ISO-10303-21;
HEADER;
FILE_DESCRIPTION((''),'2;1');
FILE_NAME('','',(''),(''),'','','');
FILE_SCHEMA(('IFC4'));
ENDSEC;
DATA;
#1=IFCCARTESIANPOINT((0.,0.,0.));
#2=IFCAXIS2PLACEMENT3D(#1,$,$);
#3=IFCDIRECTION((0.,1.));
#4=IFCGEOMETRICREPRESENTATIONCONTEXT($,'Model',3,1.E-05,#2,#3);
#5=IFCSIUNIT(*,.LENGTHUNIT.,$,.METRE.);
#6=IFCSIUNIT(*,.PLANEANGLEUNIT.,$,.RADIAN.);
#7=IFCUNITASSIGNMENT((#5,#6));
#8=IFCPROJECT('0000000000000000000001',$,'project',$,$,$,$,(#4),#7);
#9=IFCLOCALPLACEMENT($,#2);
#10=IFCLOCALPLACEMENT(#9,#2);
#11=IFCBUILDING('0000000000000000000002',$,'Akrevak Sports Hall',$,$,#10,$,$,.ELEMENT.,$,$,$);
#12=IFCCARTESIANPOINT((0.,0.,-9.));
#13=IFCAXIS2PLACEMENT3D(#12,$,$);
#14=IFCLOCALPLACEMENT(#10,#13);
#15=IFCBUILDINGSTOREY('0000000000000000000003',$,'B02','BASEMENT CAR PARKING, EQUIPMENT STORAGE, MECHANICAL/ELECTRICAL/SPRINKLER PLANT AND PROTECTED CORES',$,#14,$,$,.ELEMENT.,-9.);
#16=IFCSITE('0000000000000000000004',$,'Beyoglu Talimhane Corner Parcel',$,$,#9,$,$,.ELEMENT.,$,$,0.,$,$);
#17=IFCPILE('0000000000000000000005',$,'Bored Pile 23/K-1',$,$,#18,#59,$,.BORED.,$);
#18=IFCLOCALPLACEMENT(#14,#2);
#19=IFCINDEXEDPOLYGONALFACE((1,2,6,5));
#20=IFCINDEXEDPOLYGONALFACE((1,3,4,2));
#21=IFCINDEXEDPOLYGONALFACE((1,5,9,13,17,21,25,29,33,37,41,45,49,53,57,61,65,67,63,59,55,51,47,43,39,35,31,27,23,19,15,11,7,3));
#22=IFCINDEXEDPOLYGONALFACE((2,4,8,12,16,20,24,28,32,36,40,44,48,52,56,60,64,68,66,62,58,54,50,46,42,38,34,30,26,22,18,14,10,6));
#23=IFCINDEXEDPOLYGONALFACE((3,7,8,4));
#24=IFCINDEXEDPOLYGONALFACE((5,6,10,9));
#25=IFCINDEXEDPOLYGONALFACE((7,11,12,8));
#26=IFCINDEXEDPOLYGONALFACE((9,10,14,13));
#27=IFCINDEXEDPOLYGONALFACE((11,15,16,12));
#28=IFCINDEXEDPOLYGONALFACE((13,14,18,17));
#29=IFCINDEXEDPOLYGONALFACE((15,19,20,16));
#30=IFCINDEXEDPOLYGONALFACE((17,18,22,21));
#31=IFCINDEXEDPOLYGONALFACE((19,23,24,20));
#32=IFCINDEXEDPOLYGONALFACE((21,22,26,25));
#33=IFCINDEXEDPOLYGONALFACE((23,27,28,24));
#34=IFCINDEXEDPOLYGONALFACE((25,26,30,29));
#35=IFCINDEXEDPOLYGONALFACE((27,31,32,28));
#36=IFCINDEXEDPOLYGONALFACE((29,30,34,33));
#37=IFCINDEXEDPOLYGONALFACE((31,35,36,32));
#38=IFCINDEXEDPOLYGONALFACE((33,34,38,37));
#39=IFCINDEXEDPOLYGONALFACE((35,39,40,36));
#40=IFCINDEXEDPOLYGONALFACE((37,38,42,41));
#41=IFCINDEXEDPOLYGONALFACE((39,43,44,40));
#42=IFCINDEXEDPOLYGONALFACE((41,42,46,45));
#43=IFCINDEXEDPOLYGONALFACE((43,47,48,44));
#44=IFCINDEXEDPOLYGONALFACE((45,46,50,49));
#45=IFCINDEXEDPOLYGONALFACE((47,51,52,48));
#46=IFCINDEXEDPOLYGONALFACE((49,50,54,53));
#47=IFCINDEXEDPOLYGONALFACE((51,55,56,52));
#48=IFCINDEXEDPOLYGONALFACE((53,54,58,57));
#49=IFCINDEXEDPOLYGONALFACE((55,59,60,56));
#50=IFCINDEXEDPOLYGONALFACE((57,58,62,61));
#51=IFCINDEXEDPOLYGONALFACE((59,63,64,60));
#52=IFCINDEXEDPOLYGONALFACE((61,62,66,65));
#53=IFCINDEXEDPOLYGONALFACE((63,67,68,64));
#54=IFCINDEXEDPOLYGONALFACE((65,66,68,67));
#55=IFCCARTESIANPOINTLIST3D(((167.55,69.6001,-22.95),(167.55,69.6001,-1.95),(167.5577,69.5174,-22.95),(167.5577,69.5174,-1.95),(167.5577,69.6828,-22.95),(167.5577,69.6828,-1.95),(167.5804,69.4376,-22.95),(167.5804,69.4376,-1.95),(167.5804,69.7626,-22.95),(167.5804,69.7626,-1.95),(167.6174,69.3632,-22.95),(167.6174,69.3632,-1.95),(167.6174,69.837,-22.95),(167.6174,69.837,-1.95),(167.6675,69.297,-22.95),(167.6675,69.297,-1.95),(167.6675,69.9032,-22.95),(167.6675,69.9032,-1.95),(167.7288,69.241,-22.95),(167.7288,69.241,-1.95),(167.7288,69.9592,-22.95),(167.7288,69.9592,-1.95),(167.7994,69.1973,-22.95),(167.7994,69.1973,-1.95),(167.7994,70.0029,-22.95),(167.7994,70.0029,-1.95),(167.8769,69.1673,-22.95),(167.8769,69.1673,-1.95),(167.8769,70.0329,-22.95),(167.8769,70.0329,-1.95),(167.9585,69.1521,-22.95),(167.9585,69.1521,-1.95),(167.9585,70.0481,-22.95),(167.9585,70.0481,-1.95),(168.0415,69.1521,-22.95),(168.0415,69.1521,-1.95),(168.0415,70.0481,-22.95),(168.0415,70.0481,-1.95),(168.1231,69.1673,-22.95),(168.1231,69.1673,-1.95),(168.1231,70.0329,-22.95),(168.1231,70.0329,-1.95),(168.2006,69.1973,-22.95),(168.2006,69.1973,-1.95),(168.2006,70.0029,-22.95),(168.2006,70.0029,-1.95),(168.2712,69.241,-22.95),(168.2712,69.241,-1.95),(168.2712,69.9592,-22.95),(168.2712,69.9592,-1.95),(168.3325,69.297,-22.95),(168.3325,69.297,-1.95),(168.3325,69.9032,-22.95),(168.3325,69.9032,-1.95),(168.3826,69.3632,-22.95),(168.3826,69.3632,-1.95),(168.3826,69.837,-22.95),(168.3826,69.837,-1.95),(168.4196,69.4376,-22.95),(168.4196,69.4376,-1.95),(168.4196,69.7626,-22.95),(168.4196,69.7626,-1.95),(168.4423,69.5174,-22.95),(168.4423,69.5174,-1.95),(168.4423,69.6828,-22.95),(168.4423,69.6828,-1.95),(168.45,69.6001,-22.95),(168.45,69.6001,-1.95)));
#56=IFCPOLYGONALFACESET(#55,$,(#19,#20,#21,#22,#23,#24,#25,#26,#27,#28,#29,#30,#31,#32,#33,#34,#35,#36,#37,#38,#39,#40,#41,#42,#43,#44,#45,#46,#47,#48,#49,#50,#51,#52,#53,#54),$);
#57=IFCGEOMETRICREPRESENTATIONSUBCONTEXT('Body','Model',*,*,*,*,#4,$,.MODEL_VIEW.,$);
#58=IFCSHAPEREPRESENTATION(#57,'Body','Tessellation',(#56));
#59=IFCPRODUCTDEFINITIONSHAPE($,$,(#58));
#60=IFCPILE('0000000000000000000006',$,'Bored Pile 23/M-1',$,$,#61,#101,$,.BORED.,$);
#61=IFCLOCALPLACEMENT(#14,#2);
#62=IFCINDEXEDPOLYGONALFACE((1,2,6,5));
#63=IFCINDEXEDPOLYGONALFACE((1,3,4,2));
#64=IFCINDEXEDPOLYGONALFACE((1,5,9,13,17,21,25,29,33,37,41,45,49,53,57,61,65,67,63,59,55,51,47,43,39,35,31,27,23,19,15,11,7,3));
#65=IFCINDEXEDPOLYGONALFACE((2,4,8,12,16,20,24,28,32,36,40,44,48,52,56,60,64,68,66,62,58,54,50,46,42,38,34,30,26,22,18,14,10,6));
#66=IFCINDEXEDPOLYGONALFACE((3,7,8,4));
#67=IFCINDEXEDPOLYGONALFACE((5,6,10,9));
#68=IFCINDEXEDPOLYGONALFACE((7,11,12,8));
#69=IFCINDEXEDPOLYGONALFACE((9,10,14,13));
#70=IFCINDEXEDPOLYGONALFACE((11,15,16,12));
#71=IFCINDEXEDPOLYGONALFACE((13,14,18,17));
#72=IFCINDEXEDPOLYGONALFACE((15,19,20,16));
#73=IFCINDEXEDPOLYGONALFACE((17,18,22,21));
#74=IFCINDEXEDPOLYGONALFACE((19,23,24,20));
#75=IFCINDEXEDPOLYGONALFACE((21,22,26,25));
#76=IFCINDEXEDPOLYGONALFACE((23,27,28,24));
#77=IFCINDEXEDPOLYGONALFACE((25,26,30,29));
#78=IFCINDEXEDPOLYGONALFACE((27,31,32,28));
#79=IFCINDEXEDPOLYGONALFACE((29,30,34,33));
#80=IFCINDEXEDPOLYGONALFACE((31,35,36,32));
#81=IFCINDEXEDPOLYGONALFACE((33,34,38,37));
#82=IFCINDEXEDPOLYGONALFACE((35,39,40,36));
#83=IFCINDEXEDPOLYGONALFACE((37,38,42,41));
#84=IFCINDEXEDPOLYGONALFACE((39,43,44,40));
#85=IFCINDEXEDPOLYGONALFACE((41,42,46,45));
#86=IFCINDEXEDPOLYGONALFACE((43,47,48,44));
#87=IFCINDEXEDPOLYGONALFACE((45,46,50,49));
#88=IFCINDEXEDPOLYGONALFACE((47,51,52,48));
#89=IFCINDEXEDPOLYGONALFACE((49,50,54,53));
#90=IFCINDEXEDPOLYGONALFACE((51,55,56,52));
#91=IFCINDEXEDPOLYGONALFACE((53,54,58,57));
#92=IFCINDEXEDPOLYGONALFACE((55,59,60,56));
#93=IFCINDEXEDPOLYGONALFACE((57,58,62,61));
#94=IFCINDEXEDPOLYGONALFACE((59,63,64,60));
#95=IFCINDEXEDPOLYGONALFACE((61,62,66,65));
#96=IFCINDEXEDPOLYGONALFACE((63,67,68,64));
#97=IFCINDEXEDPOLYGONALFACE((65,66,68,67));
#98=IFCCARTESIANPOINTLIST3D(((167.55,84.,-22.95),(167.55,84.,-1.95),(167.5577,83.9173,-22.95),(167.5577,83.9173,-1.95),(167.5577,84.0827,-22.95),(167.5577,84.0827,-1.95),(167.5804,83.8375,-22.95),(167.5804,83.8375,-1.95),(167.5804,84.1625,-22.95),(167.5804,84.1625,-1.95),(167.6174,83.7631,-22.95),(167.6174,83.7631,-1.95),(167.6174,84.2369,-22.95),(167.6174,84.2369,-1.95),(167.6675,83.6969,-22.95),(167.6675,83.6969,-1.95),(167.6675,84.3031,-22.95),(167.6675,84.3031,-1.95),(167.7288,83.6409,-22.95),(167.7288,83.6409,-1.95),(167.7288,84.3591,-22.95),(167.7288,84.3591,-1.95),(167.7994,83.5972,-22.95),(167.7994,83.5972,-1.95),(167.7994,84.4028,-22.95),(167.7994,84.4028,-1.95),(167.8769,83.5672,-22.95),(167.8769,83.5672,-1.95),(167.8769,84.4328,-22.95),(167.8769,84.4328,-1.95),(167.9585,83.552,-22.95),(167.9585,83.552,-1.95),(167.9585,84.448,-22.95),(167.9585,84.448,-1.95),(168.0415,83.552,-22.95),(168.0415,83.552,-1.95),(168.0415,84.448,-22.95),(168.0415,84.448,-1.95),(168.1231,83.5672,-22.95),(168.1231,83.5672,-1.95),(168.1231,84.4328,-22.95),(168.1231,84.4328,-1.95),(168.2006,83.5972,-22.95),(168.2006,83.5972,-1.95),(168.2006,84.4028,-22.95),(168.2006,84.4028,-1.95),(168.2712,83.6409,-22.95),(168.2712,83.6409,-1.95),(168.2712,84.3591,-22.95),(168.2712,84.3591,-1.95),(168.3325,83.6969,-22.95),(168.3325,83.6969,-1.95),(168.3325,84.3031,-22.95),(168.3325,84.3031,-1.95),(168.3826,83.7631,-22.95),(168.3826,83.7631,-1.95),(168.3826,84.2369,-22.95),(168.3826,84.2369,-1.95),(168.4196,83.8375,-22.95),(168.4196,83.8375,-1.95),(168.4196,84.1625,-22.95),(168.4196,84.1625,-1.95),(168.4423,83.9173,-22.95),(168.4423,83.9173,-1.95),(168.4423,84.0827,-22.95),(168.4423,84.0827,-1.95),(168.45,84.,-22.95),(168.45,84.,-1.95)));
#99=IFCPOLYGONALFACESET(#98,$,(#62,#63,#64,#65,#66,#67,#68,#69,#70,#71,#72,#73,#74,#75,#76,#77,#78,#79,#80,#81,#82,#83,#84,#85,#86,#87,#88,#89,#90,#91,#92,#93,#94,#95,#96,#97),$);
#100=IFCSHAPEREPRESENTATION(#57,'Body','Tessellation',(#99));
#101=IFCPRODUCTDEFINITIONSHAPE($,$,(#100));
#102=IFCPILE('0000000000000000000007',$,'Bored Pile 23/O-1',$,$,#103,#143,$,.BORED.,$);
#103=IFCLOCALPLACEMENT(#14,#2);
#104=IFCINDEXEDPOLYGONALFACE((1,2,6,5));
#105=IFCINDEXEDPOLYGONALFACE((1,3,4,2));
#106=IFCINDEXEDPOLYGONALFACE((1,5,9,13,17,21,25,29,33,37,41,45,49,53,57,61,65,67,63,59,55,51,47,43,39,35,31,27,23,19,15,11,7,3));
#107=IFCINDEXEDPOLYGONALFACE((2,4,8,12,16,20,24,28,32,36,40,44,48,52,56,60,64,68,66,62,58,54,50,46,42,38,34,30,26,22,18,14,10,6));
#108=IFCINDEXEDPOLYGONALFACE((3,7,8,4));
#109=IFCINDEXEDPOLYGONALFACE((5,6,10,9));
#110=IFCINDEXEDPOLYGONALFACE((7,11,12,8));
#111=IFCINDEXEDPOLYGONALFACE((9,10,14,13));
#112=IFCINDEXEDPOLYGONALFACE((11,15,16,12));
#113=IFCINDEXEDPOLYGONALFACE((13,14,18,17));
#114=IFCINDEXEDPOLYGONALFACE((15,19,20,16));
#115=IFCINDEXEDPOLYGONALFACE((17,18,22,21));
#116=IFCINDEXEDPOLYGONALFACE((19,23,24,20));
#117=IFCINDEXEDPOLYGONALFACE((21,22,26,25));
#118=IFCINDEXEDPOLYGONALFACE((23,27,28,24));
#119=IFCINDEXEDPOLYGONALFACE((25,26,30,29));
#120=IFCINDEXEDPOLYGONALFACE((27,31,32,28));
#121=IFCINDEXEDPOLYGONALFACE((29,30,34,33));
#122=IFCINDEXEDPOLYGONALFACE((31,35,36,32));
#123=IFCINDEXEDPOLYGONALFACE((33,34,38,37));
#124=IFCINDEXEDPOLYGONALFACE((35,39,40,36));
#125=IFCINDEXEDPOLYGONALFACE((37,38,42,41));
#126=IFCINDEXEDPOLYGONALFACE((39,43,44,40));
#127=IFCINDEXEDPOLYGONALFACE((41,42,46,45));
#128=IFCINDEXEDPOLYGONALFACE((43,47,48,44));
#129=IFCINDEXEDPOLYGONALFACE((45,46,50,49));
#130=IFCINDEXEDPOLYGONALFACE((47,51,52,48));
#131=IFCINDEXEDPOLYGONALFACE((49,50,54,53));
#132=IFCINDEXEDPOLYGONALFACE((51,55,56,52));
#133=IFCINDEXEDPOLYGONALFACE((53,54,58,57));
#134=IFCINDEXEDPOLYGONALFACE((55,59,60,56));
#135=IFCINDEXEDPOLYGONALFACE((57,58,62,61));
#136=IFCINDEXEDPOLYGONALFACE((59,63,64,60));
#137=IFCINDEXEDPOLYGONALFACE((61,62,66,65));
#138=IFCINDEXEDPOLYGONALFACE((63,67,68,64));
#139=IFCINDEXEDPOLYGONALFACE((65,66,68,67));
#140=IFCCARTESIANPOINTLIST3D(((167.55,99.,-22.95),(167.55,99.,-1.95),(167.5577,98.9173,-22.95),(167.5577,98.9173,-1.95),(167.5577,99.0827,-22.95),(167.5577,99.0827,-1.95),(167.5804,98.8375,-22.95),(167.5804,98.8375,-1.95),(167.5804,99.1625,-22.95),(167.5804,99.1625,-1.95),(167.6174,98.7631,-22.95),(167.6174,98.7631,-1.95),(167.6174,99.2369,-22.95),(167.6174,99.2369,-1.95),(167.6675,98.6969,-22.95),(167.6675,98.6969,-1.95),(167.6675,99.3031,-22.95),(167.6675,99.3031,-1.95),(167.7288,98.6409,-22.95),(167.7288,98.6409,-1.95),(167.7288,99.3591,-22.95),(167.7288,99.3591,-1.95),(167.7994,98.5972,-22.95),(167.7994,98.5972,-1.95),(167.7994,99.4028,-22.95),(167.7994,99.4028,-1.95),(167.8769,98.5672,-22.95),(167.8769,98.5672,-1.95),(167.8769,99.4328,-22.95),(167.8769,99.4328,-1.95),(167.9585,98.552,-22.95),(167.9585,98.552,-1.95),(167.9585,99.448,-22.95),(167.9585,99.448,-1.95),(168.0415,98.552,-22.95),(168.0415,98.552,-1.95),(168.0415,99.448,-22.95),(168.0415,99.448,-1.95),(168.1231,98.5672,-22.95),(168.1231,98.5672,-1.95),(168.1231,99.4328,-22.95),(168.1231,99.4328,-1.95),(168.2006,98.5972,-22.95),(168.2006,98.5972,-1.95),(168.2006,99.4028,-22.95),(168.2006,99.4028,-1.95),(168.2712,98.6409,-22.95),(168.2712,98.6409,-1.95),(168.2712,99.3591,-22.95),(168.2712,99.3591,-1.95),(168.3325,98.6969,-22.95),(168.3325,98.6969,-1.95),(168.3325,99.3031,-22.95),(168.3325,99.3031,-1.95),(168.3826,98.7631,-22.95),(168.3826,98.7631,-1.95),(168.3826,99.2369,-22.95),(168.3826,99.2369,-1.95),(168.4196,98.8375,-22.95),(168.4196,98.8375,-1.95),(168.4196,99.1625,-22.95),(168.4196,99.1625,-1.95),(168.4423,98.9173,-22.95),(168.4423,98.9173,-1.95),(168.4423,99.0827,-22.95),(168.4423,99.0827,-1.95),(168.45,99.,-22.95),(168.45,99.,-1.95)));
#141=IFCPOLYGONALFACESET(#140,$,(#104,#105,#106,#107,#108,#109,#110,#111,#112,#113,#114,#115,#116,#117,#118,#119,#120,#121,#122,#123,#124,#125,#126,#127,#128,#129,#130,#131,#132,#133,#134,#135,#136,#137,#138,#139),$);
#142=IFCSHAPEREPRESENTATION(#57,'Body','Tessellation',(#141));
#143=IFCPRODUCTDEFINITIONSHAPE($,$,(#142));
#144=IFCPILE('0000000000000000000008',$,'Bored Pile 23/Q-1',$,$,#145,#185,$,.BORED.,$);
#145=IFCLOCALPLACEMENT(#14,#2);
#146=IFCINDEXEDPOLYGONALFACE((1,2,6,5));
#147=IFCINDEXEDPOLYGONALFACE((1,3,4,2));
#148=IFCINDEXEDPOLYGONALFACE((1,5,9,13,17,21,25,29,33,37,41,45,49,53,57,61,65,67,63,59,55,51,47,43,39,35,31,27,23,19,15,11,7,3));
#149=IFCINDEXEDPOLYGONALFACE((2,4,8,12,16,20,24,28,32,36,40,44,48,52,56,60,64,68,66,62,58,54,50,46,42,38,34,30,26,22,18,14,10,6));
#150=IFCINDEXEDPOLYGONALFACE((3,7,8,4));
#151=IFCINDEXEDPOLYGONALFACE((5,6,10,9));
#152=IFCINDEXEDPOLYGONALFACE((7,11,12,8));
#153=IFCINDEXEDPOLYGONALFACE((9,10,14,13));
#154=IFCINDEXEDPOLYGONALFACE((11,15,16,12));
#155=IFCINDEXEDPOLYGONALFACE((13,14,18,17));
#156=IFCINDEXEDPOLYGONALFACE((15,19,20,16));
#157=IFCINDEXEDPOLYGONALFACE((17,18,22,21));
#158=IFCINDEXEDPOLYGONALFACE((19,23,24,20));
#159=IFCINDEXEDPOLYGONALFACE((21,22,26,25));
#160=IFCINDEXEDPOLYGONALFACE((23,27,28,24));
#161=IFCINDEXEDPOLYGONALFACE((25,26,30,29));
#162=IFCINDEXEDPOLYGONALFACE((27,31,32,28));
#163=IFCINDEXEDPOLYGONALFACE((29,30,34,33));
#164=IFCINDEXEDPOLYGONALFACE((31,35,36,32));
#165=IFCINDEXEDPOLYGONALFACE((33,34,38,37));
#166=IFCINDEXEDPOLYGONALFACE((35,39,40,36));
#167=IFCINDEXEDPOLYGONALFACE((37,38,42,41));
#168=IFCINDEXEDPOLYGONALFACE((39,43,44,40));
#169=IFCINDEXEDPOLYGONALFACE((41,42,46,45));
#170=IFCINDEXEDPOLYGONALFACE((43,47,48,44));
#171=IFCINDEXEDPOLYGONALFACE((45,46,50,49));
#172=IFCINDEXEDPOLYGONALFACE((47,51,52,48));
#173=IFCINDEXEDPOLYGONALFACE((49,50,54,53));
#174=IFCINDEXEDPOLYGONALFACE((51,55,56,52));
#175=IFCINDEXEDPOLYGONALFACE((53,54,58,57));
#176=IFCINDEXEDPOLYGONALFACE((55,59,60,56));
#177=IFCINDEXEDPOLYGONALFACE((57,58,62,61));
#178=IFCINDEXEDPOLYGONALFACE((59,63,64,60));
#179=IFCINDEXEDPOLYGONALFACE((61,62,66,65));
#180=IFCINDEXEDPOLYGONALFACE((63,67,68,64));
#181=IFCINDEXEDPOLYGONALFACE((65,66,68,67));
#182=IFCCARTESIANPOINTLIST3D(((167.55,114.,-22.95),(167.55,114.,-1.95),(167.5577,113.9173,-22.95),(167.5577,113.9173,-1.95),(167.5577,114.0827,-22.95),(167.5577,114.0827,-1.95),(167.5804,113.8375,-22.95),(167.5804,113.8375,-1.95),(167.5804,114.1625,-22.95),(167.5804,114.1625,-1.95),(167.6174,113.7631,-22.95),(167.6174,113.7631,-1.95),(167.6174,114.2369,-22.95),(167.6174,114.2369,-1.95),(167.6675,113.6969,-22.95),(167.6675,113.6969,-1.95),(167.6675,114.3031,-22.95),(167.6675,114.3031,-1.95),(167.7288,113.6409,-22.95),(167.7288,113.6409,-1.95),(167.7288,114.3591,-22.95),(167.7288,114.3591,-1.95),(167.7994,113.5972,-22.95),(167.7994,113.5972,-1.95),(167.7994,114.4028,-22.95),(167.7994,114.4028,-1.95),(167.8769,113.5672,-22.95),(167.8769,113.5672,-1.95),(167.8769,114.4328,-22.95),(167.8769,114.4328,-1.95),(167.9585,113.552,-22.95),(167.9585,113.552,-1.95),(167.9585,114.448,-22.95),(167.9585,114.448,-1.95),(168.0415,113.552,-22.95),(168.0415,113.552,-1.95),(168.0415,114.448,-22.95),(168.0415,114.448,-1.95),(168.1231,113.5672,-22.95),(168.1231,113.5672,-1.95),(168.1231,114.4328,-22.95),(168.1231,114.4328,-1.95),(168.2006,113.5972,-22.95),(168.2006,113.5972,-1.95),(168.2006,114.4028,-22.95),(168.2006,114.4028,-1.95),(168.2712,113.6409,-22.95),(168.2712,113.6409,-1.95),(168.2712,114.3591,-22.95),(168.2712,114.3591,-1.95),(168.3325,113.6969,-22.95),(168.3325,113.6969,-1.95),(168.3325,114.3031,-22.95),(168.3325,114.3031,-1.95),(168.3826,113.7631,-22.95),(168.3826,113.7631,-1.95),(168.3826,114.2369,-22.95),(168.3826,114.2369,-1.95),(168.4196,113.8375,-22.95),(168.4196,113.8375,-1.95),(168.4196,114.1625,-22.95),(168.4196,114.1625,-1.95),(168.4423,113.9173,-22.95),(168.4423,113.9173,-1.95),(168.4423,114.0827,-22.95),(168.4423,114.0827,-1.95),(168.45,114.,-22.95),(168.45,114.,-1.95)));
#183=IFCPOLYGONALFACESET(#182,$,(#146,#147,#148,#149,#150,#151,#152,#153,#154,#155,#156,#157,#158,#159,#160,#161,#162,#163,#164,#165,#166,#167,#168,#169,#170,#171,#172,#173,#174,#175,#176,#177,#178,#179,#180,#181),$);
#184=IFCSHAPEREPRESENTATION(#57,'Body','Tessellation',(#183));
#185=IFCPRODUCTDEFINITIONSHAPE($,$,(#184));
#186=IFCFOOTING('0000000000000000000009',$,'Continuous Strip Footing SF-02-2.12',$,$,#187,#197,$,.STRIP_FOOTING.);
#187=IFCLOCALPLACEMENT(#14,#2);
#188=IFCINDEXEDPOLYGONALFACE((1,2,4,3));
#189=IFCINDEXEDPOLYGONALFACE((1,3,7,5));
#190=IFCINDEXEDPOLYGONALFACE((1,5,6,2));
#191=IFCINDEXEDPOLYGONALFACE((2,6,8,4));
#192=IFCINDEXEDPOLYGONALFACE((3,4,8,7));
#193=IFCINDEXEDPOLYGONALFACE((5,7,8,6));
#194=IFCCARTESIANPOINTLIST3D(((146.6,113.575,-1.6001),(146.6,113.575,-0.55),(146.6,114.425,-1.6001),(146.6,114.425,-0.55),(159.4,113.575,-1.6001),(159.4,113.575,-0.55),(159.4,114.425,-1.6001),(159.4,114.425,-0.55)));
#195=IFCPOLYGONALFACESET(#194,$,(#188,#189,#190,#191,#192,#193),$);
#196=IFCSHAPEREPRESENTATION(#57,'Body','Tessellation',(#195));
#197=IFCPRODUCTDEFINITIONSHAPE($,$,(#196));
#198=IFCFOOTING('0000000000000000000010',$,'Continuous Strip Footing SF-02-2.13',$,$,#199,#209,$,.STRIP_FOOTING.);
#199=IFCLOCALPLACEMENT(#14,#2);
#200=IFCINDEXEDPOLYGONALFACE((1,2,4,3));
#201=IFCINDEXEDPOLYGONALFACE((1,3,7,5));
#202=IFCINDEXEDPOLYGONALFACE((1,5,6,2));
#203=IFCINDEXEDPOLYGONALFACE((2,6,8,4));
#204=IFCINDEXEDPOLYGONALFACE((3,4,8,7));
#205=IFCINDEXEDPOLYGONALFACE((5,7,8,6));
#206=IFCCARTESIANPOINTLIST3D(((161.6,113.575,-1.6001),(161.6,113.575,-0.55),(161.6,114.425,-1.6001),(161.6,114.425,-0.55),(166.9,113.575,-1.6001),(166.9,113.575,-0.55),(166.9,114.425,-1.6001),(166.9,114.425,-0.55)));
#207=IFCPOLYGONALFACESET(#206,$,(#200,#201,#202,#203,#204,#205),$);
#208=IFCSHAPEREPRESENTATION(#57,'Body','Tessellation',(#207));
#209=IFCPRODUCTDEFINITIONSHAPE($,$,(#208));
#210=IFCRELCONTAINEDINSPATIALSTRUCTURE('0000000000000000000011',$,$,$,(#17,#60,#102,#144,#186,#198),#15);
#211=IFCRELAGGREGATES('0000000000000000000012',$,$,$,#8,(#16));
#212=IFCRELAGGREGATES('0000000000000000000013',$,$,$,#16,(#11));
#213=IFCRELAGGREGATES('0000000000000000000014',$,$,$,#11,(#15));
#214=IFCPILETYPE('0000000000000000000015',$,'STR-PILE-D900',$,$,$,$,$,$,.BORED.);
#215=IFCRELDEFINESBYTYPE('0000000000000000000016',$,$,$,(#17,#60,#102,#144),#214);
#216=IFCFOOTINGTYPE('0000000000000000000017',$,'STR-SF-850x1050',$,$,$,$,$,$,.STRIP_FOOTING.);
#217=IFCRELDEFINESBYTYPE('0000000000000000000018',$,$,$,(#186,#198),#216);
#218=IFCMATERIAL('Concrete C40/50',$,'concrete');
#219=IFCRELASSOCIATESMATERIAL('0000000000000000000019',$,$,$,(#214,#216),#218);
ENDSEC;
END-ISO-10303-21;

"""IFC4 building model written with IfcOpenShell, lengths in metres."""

from ifc_helpers import new_model, si_unit, direction, frame, origin, origin_2d, place, context, subcontext, project, spatial, rectangle, circle, extrude, material, material_profile, profile_set, type_object, element, save


model = new_model("IFC4")

# Units and contexts
model_context = context("Model", 3, precision=1e-05, world=origin(), true_north=direction((0.0, 1.0)))
body_context = subcontext(model_context, "Body", "Model", "MODEL_VIEW")
ifc_project = project(units=[si_unit("LENGTHUNIT", "METRE"), si_unit("PLANEANGLEUNIT", "RADIAN")], contexts=[model_context])

# Site, building, storey
site_placement = place(None, origin())
site = spatial("IfcSite", under=ifc_project, at=site_placement, Name="Beyoglu Talimhane Corner Parcel", CompositionType="ELEMENT", RefElevation=0.0)
building_placement = place(site_placement, origin())
building = spatial("IfcBuilding", under=site, at=building_placement, Name="Akrevak Sports Hall", CompositionType="ELEMENT")
storey_placement = place(building_placement, frame((0.0, 0.0, -9.0)))
storey = spatial("IfcBuildingStorey", under=building, at=storey_placement, Name="B02", Description="BASEMENT CAR PARKING, EQUIPMENT STORAGE, MECHANICAL/ELECTRICAL/SPRINKLER PLANT AND PROTECTED CORES", CompositionType="ELEMENT", Elevation=-9.0)

# Shared definitions
ifc_material_1 = material(Name="Concrete C40/50", Category="concrete")

# Piles
ifc_material_profile_1 = material_profile(ifc_material_1, circle(Radius=0.45, at=origin_2d()), Name="BORED PILE D900", Category="concrete")
ifc_profile_set_1 = profile_set([ifc_material_profile_1], Name="Concrete C40/50")
pile_type_1 = type_object("IfcPileType", Name="STR-PILE-D900", PredefinedType="BORED", material=ifc_profile_set_1)
for number, where, z_axis, x_axis, name in (
    (1, (168.0, 69.6001, -1.95), (0.0, 0.0, -1.0), (1.0, 0.0, 0.0), "Bored Pile 23/K-1"),
    (2, (168.0, 84.0, -1.95), (0.0, 0.0, -1.0), (1.0, 0.0, 0.0), "Bored Pile 23/M-1"),
    (3, (168.0, 99.0, -1.95), (0.0, 0.0, -1.0), (1.0, 0.0, 0.0), "Bored Pile 23/O-1"),
    (4, (168.0, 114.0, -1.95), (0.0, 0.0, -1.0), (1.0, 0.0, 0.0), "Bored Pile 23/Q-1"),
):
    element("IfcPile", number, at=place(storey_placement, frame(where, z_axis=z_axis, x_axis=x_axis)), inside=storey, type_object=pile_type_1, Name=name, PredefinedType="BORED", context=body_context, shape_type="SweptSolid", body=[
        extrude(circle(Radius=0.45, at=origin_2d()), origin(), (0.0, 0.0, 1.0), 21.0),
    ])

# Footings
footing_type_1 = type_object("IfcFootingType", Name="STR-SF-850x1050", PredefinedType="STRIP_FOOTING", material=ifc_material_1)
footing_1_placement = place(storey_placement, frame((153.0, 114.0, -1.6001), z_axis=(0.0, 0.0, 1.0), x_axis=(1.0, 0.0, 0.0)))
element("IfcFooting", 5, at=footing_1_placement, inside=storey, type_object=footing_type_1, Name="Continuous Strip Footing SF-02-2.12", PredefinedType="STRIP_FOOTING", context=body_context, shape_type="SweptSolid", body=[
    extrude(rectangle(XDim=12.8, YDim=0.8501, at=origin_2d()), origin(), (0.0, 0.0, 1.0), 1.05),
])
footing_2_placement = place(storey_placement, frame((164.25, 114.0, -1.6001), z_axis=(0.0, 0.0, 1.0), x_axis=(1.0, 0.0, 0.0)))
element("IfcFooting", 6, at=footing_2_placement, inside=storey, type_object=footing_type_1, Name="Continuous Strip Footing SF-02-2.13", PredefinedType="STRIP_FOOTING", context=body_context, shape_type="SweptSolid", body=[
    extrude(rectangle(XDim=5.3, YDim=0.8501, at=origin_2d()), origin(), (0.0, 0.0, 1.0), 1.05),
])

save(model, "model.ifc")
